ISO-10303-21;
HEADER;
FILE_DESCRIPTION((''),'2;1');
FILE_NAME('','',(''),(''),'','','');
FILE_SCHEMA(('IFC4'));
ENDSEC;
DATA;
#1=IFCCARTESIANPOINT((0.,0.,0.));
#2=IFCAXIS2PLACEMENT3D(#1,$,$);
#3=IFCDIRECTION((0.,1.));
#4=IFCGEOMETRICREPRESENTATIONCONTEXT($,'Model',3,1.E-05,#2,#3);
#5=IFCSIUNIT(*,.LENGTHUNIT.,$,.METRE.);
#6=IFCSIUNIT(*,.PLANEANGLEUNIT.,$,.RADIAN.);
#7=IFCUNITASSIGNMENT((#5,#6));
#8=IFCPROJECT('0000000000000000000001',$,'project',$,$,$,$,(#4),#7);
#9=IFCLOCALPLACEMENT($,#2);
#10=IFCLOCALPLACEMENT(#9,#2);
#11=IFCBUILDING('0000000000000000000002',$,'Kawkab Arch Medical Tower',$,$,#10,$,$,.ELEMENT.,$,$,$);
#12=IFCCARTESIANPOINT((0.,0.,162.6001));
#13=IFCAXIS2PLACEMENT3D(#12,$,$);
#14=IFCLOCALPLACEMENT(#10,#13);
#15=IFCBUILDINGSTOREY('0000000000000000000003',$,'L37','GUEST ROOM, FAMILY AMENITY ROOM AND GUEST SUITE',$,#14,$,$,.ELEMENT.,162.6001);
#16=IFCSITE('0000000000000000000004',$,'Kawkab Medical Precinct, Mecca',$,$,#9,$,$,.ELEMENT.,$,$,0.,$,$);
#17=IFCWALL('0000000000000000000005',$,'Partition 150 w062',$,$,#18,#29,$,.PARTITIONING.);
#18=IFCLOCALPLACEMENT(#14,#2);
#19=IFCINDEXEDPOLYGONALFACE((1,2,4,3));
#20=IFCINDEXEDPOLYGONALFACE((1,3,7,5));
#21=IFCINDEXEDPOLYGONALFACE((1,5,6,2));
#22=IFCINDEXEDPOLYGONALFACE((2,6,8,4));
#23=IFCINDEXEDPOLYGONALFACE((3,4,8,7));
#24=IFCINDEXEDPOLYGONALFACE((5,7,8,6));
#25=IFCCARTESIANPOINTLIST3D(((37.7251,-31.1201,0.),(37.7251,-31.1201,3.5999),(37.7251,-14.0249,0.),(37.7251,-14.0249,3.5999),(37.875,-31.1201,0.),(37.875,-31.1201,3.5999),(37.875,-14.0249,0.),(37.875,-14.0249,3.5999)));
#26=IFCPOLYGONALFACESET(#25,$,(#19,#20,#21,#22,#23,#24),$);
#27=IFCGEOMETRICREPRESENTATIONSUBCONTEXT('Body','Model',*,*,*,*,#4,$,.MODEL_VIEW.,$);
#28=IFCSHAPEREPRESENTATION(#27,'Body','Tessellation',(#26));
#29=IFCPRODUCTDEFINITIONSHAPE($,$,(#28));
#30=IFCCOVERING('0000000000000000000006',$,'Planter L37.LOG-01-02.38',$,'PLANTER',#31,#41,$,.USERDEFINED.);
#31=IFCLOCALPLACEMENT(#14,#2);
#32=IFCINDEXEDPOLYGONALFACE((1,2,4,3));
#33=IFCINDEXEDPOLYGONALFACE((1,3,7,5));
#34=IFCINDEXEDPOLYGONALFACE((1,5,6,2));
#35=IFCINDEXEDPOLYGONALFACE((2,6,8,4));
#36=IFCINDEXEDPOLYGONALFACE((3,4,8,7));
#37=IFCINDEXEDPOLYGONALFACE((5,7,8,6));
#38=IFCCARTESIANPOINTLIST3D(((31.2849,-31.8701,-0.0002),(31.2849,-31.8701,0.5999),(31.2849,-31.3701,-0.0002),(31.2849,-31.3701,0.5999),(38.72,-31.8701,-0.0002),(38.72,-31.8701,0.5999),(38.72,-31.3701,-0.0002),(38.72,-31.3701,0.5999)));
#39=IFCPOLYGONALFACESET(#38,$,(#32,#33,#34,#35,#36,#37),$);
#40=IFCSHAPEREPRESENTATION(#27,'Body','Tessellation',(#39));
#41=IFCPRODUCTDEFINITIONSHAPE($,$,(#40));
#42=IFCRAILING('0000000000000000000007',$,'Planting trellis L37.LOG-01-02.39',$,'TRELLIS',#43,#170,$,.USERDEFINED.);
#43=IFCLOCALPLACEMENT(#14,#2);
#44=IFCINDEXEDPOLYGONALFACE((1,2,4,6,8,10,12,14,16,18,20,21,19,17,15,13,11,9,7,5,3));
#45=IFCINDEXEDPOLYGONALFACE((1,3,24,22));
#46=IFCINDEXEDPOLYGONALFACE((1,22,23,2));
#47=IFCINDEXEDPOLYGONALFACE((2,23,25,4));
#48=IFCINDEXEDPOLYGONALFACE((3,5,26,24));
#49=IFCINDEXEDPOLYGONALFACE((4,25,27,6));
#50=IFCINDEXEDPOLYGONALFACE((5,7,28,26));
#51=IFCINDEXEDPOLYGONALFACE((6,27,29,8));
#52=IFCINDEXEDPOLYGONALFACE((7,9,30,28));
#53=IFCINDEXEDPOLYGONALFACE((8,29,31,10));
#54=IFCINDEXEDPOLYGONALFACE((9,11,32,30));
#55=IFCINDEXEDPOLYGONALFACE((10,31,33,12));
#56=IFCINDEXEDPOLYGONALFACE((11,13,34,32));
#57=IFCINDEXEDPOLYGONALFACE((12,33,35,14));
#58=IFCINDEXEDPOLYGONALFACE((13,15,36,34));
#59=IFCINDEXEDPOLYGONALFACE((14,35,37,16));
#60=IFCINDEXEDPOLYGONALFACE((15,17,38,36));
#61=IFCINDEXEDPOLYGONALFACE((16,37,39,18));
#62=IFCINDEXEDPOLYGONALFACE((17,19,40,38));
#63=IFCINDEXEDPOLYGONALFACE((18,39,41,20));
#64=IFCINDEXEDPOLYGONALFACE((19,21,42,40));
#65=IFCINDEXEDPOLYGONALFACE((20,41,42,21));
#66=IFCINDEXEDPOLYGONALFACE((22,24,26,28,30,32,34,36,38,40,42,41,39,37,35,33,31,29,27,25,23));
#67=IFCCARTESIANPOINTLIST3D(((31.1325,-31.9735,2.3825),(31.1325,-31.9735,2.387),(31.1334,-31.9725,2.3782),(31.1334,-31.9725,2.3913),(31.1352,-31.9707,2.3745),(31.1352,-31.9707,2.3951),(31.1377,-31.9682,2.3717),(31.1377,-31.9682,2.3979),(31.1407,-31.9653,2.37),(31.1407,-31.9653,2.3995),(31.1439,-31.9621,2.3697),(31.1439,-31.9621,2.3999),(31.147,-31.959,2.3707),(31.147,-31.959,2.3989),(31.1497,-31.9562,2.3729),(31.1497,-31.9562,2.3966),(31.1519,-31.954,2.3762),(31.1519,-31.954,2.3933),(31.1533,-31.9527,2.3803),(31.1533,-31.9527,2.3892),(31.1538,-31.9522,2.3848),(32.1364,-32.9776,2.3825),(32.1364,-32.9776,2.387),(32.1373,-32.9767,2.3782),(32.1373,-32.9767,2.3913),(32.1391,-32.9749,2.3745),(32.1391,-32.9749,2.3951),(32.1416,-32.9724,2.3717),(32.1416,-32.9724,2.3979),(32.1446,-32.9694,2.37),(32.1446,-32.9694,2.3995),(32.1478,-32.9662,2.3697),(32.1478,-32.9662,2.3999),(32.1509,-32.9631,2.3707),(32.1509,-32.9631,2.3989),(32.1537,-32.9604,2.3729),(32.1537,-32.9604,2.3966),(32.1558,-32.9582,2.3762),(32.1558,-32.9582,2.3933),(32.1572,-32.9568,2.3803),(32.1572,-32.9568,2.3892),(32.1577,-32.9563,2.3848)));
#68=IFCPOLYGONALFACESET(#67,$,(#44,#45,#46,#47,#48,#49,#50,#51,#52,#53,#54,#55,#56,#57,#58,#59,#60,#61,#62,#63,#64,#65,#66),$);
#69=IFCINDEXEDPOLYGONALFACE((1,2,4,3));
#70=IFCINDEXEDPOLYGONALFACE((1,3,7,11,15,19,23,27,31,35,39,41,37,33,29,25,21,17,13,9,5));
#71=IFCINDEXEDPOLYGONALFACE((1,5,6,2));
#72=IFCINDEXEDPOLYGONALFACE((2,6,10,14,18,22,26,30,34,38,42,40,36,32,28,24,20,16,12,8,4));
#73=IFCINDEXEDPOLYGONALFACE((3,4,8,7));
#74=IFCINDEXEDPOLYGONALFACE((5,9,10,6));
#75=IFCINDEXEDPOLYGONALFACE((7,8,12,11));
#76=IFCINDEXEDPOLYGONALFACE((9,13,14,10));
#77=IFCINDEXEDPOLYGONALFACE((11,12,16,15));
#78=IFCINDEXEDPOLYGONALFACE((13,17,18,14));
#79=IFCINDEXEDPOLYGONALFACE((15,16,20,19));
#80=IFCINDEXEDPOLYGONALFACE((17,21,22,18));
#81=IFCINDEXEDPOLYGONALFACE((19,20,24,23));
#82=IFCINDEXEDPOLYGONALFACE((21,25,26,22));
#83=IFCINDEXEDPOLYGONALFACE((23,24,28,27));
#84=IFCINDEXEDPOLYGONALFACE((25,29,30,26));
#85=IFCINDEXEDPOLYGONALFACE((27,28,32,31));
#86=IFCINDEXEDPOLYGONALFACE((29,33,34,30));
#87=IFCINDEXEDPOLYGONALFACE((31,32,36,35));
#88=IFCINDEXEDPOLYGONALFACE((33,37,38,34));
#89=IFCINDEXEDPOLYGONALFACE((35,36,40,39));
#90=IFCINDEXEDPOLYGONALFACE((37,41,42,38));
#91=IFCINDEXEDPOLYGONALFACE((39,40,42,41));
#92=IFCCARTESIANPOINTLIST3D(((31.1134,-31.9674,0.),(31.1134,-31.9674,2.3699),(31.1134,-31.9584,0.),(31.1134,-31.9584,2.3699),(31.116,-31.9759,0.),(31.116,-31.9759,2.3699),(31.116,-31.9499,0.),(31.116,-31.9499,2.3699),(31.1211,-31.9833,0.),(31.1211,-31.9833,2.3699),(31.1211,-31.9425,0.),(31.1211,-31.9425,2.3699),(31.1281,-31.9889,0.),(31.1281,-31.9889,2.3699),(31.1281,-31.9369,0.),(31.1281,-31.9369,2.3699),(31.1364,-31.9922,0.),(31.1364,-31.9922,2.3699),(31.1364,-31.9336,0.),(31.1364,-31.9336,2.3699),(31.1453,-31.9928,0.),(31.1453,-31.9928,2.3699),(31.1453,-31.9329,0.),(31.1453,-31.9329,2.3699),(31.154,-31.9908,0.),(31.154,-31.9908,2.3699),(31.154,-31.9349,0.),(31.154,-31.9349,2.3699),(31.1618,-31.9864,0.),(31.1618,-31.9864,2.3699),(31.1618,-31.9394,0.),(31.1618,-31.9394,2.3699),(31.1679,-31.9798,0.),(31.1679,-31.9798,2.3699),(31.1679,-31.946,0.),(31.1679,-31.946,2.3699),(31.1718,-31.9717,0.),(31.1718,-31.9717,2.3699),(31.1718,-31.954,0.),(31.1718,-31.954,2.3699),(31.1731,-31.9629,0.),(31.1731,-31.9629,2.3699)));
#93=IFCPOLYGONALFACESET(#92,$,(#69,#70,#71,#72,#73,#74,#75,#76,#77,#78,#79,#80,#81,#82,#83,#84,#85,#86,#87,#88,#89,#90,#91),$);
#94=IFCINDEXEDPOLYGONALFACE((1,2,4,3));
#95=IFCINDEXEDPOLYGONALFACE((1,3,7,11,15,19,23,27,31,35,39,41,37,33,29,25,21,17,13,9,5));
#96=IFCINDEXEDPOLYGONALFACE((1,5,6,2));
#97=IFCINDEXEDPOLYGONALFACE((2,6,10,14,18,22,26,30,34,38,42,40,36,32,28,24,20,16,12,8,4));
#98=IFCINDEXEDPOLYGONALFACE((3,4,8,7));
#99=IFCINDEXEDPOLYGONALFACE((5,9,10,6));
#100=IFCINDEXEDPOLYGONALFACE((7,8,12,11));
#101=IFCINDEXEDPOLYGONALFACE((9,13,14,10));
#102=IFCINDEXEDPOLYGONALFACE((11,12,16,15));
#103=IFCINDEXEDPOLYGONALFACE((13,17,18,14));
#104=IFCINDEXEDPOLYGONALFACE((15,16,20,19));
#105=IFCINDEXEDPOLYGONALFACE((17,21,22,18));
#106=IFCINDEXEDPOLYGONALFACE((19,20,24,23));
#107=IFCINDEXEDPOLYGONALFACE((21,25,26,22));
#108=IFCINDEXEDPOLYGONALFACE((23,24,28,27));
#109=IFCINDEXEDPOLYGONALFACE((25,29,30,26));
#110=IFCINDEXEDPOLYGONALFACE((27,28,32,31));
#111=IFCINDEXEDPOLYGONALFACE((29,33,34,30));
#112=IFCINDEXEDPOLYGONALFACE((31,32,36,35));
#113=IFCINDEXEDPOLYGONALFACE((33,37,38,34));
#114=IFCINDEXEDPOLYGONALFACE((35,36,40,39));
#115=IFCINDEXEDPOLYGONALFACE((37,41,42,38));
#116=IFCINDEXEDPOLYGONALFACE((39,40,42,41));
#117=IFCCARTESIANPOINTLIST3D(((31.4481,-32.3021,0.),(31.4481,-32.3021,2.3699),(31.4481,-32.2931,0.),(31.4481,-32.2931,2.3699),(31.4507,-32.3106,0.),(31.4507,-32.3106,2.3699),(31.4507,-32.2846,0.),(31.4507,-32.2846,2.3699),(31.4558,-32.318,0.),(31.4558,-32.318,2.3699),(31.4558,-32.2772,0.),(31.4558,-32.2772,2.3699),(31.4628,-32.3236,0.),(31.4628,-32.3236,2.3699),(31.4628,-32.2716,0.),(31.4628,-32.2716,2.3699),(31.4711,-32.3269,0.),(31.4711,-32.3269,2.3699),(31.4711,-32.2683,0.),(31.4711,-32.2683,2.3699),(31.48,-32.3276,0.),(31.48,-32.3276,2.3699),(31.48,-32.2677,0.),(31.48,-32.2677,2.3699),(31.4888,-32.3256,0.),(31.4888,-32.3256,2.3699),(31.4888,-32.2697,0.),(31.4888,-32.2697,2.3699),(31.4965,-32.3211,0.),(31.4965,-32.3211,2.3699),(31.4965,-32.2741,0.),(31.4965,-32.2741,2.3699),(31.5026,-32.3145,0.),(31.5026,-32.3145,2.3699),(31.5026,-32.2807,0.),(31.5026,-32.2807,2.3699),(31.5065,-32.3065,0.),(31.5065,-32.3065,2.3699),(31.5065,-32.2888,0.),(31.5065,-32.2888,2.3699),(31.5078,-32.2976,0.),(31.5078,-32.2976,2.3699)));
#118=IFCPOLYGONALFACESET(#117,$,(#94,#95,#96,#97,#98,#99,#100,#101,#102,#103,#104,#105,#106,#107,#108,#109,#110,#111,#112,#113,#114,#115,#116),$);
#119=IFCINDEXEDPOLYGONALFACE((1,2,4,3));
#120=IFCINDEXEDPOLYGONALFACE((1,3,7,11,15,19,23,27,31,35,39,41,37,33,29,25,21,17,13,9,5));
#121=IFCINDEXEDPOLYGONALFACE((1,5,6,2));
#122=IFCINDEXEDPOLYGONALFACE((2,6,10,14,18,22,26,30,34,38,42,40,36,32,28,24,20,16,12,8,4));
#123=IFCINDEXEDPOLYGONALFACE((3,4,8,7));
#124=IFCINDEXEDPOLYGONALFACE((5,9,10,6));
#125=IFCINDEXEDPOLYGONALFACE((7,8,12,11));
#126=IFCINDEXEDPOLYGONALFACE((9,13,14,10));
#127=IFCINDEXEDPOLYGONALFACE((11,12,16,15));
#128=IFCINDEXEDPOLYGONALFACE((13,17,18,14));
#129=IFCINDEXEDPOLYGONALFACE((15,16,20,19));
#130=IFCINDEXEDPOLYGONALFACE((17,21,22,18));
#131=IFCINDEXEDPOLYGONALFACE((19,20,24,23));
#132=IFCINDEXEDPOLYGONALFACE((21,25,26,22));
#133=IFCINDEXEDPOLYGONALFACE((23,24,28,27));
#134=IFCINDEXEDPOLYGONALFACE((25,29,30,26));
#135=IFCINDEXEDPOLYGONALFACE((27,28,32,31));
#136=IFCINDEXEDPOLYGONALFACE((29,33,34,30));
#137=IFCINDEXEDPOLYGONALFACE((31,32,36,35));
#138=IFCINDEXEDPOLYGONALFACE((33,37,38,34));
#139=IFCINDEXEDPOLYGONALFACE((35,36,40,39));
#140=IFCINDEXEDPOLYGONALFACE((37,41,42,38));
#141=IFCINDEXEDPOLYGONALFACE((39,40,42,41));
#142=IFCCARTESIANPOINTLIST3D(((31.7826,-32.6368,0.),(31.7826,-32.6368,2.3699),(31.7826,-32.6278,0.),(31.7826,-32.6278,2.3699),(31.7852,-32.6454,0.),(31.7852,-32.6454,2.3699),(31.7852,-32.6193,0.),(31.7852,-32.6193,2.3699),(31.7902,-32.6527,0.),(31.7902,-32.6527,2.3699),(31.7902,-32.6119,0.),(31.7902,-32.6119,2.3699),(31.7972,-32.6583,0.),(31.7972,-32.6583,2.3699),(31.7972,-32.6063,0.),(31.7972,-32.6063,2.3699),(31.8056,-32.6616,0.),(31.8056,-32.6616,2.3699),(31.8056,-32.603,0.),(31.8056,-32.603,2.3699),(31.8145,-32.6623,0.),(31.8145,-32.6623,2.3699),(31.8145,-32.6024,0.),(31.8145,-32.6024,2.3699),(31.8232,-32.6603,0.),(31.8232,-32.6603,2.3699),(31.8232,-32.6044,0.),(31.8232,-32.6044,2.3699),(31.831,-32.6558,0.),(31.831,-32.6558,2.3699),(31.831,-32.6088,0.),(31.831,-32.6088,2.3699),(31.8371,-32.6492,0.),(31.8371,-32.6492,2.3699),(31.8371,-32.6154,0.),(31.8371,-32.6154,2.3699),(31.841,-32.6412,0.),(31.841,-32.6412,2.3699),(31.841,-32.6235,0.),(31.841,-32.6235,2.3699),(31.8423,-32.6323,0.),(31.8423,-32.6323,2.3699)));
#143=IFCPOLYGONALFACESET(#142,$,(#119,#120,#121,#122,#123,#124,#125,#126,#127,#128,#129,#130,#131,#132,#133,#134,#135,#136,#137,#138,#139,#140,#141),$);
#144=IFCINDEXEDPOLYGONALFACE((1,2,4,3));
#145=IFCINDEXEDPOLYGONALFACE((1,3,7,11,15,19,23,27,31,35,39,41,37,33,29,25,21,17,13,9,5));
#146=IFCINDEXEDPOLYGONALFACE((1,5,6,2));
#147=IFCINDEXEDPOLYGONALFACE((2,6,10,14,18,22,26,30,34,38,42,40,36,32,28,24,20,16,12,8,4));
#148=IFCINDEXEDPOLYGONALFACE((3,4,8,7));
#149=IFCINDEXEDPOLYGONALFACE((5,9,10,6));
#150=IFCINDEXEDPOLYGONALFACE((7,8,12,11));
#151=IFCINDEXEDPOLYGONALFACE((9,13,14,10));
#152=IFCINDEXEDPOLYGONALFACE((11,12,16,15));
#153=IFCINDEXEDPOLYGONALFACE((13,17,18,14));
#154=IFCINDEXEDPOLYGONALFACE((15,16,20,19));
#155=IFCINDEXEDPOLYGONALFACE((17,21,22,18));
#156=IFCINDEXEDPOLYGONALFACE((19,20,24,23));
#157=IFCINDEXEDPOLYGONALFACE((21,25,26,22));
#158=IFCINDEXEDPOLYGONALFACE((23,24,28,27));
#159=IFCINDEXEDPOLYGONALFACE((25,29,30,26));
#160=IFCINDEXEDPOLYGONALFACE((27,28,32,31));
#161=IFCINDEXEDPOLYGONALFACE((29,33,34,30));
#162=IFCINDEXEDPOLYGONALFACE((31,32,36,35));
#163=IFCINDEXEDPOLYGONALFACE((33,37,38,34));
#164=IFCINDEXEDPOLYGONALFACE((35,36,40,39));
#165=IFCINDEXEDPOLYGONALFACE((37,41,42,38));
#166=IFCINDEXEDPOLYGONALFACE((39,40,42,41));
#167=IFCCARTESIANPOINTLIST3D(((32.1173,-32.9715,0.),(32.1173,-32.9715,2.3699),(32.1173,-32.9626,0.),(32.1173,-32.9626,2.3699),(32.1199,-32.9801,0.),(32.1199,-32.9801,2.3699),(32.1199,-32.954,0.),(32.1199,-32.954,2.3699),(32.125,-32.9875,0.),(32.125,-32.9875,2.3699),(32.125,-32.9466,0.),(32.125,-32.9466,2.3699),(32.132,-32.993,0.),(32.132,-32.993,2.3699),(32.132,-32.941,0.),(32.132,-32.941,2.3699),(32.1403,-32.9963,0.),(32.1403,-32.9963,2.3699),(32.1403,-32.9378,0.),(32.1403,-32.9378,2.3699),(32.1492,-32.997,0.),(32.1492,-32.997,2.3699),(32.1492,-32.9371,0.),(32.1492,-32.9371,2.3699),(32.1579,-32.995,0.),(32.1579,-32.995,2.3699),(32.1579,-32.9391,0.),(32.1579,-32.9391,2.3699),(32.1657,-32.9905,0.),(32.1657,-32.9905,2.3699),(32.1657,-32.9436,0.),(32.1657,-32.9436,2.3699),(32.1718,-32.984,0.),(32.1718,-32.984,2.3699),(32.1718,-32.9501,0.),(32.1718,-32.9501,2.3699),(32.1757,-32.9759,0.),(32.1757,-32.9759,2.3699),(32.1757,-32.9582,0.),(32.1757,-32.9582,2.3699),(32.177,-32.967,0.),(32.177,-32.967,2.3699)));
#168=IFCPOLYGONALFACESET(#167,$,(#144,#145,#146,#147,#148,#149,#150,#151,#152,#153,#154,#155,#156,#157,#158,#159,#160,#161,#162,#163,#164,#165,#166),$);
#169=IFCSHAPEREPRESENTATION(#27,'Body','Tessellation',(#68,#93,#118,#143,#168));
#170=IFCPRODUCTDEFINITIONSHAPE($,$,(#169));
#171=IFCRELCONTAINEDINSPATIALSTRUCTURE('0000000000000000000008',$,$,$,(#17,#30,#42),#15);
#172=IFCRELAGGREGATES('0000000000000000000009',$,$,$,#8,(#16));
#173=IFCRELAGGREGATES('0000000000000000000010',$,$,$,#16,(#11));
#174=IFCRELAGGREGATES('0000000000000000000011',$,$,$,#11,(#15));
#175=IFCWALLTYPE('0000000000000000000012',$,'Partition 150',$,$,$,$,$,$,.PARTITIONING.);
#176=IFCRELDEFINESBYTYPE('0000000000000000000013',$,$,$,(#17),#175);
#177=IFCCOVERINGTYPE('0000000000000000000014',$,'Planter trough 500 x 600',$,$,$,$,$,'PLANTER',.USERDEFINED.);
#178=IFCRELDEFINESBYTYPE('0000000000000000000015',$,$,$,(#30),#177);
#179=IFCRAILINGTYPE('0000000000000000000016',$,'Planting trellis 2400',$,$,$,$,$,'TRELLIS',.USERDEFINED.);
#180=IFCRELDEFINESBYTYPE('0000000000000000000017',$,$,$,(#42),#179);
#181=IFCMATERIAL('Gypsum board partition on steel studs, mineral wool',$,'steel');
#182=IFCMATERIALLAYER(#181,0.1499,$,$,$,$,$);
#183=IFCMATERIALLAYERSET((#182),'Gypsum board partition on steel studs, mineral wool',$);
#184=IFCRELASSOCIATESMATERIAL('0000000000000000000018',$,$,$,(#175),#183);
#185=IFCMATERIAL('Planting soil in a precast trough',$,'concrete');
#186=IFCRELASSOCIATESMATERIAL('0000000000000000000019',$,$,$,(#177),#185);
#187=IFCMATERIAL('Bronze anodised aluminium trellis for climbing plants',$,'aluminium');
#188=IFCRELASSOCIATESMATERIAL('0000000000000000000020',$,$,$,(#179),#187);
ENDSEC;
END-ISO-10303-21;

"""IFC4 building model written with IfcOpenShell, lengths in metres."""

from ifc_helpers import new_model, si_unit, direction, frame, frame_2d, origin, origin_2d, place, context, subcontext, project, spatial, rectangle, circle, extrude, material, layer, layer_set, material_profile, profile_set, type_object, element, save


model = new_model("IFC4")

# Units and contexts
model_context = context("Model", 3, precision=1e-05, world=origin(), true_north=direction((0.0, 1.0)))
body_context = subcontext(model_context, "Body", "Model", "MODEL_VIEW")
ifc_project = project(units=[si_unit("LENGTHUNIT", "METRE"), si_unit("PLANEANGLEUNIT", "RADIAN")], contexts=[model_context])

# Site, building, storey
site_placement = place(None, origin())
site = spatial("IfcSite", under=ifc_project, at=site_placement, Name="Kawkab Medical Precinct, Mecca", CompositionType="ELEMENT", RefElevation=0.0)
building_placement = place(site_placement, origin())
building = spatial("IfcBuilding", under=site, at=building_placement, Name="Kawkab Arch Medical Tower", CompositionType="ELEMENT")
storey_placement = place(building_placement, frame((0.0, 0.0, 162.6001)))
storey = spatial("IfcBuildingStorey", under=building, at=storey_placement, Name="L37", Description="GUEST ROOM, FAMILY AMENITY ROOM AND GUEST SUITE", CompositionType="ELEMENT", Elevation=162.6001)

# Wall
ifc_material_1 = material(Name="Gypsum board partition on steel studs, mineral wool", Category="steel")
ifc_layer_1 = layer(ifc_material_1, 0.1499)
ifc_layer_set_1 = layer_set([ifc_layer_1], Name="Gypsum board partition on steel studs, mineral wool")
wall_type_1 = type_object("IfcWallType", Name="Partition 150", PredefinedType="PARTITIONING", material=ifc_layer_set_1)
wall_1_placement = place(storey_placement, frame((37.8, -31.1201, 0.0), z_axis=(0.0, 0.0, 1.0), x_axis=(0.0, 1.0, 0.0)))
element("IfcWall", 1, at=wall_1_placement, inside=storey, type_object=wall_type_1, Name="Partition 150 w062", PredefinedType="PARTITIONING", context=body_context, shape_type="SweptSolid", body=[
    extrude(rectangle(XDim=17.0952, YDim=0.1499, at=frame_2d((8.5476, 0.0))), origin(), (0.0, 0.0, 1.0), 3.5999),
])

# Covering
ifc_material_2 = material(Name="Planting soil in a precast trough", Category="concrete")
ifc_material_profile_1 = material_profile(ifc_material_2, rectangle(XDim=0.5, YDim=0.6001, at=origin_2d()), Name="Trough 500x600")
ifc_profile_set_1 = profile_set([ifc_material_profile_1], Name="Planting soil in a precast trough")
covering_type = type_object("IfcCoveringType", Name="Planter trough 500 x 600", ElementType="PLANTER", PredefinedType="USERDEFINED", material=ifc_profile_set_1)
covering_placement = place(storey_placement, frame((38.72, -31.6201, 0.2998), z_axis=(-1.0, 0.0, 0.0), x_axis=(0.0, -1.0, 0.0)))
element("IfcCovering", 2, at=covering_placement, inside=storey, type_object=covering_type, Name="Planter L37.LOG-01-02.38", ObjectType="PLANTER", PredefinedType="USERDEFINED", context=body_context, shape_type="SweptSolid", body=[
    extrude(rectangle(XDim=0.5, YDim=0.6001, at=origin_2d()), origin(), (0.0, 0.0, 1.0), 7.4351),
])

# Railing
ifc_material_3 = material(Name="Bronze anodised aluminium trellis for climbing plants", Category="aluminium")
railing_type_1 = type_object("IfcRailingType", Name="Planting trellis 2400", ElementType="TRELLIS", PredefinedType="USERDEFINED", material=ifc_material_3)
railing_1_placement = place(storey_placement, frame((31.1431, -31.9629, 0.0)))
element("IfcRailing", 3, at=railing_1_placement, inside=storey, type_object=railing_type_1, Name="Planting trellis L37.LOG-01-02.39", ObjectType="TRELLIS", PredefinedType="USERDEFINED", context=body_context, shape_type="SweptSolid", body=[
    extrude(circle(Radius=0.0151, at=origin_2d()), frame((0.0, 0.0, 2.3848), z_axis=(0.707021, -0.707193, 0.0), x_axis=(0.707193, 0.707021, 0.0)), (0.0, 0.0, 1.0), 1.4199),
    extrude(circle(Radius=0.03, at=origin_2d()), origin(), (0.0, 0.0, 1.0), 2.3699),
    extrude(circle(Radius=0.03, at=origin_2d()), frame((0.3347, -0.3347, 0.0)), (0.0, 0.0, 1.0), 2.3699),
    extrude(circle(Radius=0.03, at=origin_2d()), frame((0.6692, -0.6694, 0.0)), (0.0, 0.0, 1.0), 2.3699),
    extrude(circle(Radius=0.03, at=origin_2d()), frame((1.0039, -1.0042, 0.0)), (0.0, 0.0, 1.0), 2.3699),
])

save(model, "model.ifc")
